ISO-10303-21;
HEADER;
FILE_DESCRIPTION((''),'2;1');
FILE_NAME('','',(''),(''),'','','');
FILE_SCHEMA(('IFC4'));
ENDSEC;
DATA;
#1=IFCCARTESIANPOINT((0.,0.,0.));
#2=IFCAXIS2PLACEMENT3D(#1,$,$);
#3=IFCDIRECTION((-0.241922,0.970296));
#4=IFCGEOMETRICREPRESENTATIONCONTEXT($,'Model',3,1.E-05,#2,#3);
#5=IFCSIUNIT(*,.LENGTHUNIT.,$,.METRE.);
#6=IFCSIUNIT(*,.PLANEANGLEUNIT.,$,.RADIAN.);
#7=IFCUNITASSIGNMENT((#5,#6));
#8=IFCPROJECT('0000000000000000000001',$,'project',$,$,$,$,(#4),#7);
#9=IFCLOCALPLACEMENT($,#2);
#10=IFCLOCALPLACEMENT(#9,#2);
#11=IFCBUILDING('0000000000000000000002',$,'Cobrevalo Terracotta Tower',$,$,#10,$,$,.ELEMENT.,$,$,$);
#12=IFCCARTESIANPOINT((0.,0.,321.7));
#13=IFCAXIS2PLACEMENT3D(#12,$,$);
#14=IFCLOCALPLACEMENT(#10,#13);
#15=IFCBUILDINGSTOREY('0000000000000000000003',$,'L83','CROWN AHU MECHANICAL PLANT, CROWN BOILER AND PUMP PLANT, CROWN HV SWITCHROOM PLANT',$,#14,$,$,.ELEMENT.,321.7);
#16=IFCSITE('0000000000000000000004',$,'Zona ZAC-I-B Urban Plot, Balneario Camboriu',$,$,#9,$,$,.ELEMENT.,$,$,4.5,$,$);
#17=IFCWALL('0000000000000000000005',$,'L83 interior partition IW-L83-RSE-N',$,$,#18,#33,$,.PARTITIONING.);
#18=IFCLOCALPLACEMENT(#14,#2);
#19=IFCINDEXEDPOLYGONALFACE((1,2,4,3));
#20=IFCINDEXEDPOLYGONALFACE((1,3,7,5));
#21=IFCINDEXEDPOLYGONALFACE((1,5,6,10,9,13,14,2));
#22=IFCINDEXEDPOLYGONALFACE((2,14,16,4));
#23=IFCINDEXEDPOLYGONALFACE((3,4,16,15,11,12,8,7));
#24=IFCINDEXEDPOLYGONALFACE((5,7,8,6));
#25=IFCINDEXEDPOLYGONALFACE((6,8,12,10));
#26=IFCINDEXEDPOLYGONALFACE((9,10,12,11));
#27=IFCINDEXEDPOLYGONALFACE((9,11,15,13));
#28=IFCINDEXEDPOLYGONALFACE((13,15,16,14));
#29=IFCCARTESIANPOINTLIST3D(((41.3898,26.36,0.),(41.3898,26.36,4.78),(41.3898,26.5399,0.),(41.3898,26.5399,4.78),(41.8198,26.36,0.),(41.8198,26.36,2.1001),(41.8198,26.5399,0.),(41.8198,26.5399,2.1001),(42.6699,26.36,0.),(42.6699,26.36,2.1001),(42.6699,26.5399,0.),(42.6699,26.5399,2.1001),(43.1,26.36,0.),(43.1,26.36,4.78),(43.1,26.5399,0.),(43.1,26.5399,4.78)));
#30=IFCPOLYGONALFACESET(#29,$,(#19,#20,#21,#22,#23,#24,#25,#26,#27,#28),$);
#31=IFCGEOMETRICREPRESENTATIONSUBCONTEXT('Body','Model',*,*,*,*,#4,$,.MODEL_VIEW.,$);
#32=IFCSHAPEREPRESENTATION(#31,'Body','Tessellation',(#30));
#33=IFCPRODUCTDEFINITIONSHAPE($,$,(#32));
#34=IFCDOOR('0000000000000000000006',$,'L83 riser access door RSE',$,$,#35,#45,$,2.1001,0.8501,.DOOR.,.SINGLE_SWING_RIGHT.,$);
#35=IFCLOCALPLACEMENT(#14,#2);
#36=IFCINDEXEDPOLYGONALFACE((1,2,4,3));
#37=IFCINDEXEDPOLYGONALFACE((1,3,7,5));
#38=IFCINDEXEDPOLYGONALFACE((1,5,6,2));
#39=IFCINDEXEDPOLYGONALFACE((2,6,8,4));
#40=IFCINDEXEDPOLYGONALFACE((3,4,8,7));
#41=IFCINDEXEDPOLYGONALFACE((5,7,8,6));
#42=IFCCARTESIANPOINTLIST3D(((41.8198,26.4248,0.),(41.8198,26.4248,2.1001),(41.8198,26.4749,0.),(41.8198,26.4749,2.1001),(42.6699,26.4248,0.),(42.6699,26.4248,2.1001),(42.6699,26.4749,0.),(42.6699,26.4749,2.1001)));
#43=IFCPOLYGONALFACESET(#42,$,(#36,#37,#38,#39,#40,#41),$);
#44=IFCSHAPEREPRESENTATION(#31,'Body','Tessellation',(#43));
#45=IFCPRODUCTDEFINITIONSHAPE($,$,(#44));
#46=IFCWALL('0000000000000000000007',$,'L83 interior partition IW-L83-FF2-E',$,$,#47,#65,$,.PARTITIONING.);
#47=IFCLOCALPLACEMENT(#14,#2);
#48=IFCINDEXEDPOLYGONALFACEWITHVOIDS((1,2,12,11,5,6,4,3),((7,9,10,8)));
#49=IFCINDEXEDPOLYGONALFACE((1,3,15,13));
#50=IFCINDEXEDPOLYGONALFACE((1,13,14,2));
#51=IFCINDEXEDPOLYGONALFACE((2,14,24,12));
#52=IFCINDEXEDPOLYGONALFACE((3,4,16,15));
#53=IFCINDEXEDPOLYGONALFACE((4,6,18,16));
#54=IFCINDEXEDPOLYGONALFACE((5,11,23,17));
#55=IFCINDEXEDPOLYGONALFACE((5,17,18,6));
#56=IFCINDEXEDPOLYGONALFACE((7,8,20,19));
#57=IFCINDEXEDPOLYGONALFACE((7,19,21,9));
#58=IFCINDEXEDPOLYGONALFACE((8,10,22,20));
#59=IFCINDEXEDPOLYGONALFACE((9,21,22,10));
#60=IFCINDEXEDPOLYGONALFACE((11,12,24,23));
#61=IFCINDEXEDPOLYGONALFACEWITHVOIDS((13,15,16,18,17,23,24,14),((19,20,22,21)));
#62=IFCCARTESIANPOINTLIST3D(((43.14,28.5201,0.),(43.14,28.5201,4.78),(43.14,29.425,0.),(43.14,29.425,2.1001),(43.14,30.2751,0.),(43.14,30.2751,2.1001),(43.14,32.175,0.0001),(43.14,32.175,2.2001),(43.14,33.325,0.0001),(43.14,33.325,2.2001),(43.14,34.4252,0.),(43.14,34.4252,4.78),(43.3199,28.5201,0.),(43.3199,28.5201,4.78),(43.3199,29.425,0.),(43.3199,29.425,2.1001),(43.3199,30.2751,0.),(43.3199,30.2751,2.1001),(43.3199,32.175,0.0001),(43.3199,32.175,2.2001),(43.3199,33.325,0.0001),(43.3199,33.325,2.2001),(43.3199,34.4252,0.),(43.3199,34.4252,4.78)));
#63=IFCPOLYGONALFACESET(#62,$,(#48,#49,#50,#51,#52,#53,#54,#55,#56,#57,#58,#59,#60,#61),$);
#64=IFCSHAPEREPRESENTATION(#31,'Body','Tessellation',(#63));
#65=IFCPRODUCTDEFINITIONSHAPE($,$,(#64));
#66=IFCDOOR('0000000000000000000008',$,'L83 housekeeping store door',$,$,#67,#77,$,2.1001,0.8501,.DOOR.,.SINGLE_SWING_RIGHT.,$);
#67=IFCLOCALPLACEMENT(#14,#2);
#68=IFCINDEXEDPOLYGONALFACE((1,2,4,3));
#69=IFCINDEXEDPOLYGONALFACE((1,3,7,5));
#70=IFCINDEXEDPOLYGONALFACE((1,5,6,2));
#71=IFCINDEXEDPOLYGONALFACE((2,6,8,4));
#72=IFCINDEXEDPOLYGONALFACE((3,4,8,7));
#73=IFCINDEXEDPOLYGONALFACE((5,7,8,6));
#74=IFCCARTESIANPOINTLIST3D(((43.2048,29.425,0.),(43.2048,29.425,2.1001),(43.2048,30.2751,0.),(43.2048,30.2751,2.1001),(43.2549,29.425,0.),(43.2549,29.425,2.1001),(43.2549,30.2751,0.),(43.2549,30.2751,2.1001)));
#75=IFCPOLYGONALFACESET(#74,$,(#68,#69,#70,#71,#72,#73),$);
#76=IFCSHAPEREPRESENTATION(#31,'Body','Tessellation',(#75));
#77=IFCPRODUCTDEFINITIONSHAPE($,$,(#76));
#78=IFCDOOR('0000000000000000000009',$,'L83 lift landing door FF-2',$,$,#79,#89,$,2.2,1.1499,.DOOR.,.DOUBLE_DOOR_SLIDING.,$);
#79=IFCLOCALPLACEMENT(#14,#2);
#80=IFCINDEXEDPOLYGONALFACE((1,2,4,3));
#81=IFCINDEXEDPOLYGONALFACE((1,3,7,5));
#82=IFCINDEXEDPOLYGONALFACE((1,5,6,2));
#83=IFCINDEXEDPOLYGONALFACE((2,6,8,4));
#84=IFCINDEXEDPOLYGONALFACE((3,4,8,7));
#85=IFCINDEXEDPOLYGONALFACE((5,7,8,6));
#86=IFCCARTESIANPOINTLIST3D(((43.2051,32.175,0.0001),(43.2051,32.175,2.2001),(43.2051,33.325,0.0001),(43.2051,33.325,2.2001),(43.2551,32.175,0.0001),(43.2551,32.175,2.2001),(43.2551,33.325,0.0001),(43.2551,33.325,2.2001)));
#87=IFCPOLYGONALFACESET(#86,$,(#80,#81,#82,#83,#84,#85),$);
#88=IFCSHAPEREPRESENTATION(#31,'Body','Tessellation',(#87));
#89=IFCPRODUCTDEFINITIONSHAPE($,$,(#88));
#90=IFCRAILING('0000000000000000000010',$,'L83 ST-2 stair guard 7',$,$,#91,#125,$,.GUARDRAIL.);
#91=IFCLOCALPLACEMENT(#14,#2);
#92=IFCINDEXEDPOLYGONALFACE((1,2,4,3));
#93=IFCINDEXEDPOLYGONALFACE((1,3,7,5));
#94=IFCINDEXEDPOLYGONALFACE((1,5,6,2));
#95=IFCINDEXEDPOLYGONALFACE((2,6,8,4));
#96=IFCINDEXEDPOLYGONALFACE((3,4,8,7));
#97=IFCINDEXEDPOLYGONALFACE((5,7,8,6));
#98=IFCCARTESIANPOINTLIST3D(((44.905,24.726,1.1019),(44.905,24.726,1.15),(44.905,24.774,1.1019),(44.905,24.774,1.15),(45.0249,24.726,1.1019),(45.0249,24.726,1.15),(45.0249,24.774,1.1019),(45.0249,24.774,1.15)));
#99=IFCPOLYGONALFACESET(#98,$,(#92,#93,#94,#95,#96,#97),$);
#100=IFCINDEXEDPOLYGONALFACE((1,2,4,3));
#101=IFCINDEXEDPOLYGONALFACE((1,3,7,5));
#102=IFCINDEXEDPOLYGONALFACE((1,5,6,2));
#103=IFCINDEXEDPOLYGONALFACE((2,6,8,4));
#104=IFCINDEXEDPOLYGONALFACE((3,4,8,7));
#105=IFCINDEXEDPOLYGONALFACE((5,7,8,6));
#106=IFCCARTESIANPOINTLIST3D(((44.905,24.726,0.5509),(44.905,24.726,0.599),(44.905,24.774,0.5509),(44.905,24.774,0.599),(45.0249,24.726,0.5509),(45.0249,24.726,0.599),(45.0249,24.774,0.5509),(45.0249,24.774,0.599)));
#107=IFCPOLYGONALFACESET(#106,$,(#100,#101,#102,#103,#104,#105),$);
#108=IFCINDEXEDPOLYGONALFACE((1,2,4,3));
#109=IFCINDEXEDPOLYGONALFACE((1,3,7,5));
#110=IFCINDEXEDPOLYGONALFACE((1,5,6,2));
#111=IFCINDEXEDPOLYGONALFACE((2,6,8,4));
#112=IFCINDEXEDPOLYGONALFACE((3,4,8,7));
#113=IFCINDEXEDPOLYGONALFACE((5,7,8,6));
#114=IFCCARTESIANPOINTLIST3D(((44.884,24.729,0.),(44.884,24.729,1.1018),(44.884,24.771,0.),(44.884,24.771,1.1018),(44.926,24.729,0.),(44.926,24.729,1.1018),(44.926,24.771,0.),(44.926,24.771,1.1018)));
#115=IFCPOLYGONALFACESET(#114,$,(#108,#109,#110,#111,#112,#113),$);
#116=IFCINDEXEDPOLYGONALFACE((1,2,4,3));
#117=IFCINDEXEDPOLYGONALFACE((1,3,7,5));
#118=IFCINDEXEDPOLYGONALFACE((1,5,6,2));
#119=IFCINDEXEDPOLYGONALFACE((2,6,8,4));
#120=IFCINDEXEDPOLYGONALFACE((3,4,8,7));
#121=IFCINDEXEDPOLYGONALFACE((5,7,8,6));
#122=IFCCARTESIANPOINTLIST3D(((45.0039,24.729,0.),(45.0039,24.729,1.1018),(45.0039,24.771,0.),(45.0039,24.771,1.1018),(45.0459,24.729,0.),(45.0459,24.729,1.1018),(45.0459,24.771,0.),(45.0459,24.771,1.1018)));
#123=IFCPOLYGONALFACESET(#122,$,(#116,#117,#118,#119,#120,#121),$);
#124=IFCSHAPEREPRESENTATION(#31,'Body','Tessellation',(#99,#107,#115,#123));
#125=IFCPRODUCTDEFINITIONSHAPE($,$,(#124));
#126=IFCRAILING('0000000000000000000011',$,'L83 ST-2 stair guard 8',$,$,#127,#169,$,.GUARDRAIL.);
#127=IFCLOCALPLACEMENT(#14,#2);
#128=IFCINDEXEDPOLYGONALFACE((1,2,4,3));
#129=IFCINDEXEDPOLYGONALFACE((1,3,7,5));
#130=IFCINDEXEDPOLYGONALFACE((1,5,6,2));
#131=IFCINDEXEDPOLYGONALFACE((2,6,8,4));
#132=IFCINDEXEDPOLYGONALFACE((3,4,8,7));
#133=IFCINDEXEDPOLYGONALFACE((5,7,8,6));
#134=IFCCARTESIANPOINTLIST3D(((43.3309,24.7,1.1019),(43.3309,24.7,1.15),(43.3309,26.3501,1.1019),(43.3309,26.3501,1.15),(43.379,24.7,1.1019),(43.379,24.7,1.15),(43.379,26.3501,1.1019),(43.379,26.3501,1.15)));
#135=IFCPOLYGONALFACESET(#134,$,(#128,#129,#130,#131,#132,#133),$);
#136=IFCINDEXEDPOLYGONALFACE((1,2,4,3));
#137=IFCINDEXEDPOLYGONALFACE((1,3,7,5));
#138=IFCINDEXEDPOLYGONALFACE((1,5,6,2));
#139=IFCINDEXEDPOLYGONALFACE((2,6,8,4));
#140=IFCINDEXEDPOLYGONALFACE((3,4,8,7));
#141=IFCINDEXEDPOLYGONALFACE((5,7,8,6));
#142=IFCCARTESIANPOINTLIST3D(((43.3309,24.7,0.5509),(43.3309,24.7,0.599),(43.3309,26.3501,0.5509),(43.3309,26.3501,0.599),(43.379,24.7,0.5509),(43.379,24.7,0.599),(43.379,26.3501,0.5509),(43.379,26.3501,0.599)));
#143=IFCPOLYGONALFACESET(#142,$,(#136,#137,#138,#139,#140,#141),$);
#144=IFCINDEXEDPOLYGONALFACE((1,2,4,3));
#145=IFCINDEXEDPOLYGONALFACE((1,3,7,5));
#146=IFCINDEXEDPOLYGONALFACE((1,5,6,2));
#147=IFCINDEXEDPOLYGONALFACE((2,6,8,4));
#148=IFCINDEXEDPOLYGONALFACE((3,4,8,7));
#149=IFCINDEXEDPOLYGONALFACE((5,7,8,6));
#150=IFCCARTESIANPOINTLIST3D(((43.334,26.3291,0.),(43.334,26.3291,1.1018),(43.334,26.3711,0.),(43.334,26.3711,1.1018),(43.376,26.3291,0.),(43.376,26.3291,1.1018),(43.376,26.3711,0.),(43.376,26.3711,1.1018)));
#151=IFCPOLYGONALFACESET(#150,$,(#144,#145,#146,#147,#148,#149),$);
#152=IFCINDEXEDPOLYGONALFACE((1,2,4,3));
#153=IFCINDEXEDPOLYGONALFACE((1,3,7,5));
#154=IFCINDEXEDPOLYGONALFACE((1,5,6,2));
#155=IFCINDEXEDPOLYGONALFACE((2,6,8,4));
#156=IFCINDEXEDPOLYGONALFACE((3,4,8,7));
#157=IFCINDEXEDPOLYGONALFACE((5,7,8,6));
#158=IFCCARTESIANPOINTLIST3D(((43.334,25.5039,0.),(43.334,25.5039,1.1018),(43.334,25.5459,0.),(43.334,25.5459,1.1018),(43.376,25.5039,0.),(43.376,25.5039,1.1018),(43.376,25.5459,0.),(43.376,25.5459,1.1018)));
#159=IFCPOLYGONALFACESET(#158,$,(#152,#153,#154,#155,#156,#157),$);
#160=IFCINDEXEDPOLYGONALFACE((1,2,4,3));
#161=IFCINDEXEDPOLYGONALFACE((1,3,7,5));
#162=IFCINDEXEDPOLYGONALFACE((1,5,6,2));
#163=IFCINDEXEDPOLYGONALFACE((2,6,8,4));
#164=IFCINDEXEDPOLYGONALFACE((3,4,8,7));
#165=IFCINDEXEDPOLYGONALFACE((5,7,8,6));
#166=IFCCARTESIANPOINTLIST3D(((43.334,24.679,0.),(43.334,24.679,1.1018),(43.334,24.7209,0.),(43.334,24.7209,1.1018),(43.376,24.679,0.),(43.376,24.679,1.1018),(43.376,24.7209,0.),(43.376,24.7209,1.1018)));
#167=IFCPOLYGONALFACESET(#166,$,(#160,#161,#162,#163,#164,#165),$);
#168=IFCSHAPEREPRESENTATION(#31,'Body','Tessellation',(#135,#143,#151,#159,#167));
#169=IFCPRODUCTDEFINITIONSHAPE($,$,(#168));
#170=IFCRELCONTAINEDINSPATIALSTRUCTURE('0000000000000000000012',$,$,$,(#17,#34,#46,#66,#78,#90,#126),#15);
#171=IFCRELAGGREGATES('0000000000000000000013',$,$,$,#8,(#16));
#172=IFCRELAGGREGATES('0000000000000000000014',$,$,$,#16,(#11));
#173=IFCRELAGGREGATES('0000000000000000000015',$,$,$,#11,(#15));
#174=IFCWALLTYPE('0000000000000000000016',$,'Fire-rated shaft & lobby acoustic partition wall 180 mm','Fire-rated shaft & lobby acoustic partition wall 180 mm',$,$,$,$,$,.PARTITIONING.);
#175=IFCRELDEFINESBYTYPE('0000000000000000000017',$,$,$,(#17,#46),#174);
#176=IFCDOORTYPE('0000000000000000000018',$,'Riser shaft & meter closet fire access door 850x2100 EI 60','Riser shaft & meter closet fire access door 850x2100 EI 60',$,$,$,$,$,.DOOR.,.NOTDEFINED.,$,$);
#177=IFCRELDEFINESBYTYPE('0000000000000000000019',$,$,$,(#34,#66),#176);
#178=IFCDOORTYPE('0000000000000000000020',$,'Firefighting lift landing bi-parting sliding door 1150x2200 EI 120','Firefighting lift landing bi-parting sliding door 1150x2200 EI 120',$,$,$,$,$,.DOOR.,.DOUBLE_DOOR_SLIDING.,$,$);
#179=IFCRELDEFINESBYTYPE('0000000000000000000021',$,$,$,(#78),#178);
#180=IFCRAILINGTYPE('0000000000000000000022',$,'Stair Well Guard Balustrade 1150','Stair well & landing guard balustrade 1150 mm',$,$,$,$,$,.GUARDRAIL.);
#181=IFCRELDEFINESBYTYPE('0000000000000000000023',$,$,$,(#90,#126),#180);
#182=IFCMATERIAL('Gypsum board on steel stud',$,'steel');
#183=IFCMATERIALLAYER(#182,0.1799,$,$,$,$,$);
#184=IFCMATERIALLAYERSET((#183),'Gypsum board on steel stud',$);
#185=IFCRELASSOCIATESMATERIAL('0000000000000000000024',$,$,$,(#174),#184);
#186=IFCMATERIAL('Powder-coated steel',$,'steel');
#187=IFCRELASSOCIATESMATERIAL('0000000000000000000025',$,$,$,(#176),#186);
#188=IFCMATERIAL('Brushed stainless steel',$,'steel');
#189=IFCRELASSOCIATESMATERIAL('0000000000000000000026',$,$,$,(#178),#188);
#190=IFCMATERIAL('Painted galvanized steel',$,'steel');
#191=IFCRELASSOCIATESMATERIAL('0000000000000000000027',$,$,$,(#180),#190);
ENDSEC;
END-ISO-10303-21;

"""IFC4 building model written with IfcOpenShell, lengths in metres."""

from ifc_helpers import new_model, si_unit, direction, frame, frame_2d, origin, origin_2d, place, context, subcontext, project, spatial, rectangle, extrude, source, transform, mapped, material, layer, layer_set, type_object, element, fill, save


model = new_model("IFC4")

# Units and contexts
model_context = context("Model", 3, precision=1e-05, world=origin(), true_north=direction((-0.241922, 0.970296)))
body_context = subcontext(model_context, "Body", "Model", "MODEL_VIEW")
ifc_project = project(units=[si_unit("LENGTHUNIT", "METRE"), si_unit("PLANEANGLEUNIT", "RADIAN")], contexts=[model_context])

# Site, building, storey
site_placement = place(None, origin())
site = spatial("IfcSite", under=ifc_project, at=site_placement, Name="Zona ZAC-I-B Urban Plot, Balneario Camboriu", CompositionType="ELEMENT", RefElevation=4.5)
building_placement = place(site_placement, origin())
building = spatial("IfcBuilding", under=site, at=building_placement, Name="Cobrevalo Terracotta Tower", CompositionType="ELEMENT")
storey_placement = place(building_placement, frame((0.0, 0.0, 321.7)))
storey = spatial("IfcBuildingStorey", under=building, at=storey_placement, Name="L83", Description="CROWN AHU MECHANICAL PLANT, CROWN BOILER AND PUMP PLANT, CROWN HV SWITCHROOM PLANT", CompositionType="ELEMENT", Elevation=321.7)

# Shared definitions
ifc_material_1 = material(Name="Gypsum board on steel stud", Category="steel")

# Wall, opening, door
ifc_layer_1 = layer(ifc_material_1, 0.1799)
ifc_layer_set_1 = layer_set([ifc_layer_1], Name="Gypsum board on steel stud")
wall_type_1 = type_object("IfcWallType", Name="Fire-rated shaft & lobby acoustic partition wall 180 mm", Description="Fire-rated shaft & lobby acoustic partition wall 180 mm", PredefinedType="PARTITIONING", material=ifc_layer_set_1)
wall_1_placement = place(storey_placement, frame((41.3899, 26.45, 0.0), z_axis=(0.0, 0.0, 1.0), x_axis=(1.0, 0.0, 0.0)))
wall_1 = element("IfcWall", 1, at=wall_1_placement, inside=storey, type_object=wall_type_1, Name="L83 interior partition IW-L83-RSE-N", PredefinedType="PARTITIONING", context=body_context, shape_type="SweptSolid", body=[
    extrude(rectangle(XDim=1.7102, YDim=0.1799, at=frame_2d((0.855, 0.0))), origin(), (0.0, 0.0, 1.0), 4.78),
])
opening_1_placement = place(wall_1_placement, frame((0.4299, 0.0, 0.0)))
opening_1 = element("IfcOpeningElement", 2, at=opening_1_placement, cuts=wall_1, PredefinedType="OPENING", context=body_context, shape_type="SweptSolid", body=[
    extrude(rectangle(XDim=0.8501, YDim=2.1001, at=frame_2d((0.425, 1.05))), frame((0.0, 0.1001, 0.0), z_axis=(0.0, -1.0, 0.0), x_axis=(1.0, 0.0, 0.0)), (0.0, 0.0, 1.0), 0.2),
])
ifc_material_2 = material(Name="Powder-coated steel", Category="steel")
door_type_1 = type_object("IfcDoorType", Name="Riser shaft & meter closet fire access door 850x2100 EI 60", Description="Riser shaft & meter closet fire access door 850x2100 EI 60", OperationType="NOTDEFINED", PredefinedType="DOOR", material=ifc_material_2)
shared_shape_1 = source(origin(), body_context, "Body", "SweptSolid", [
    extrude(rectangle(XDim=0.8501, YDim=2.1001, at=frame_2d((0.425, 1.05))), frame((0.0, 0.0249, 0.0), z_axis=(0.0, -1.0, 0.0), x_axis=(1.0, 0.0, 0.0)), (0.0, 0.0, 1.0), 0.05),
])
door_1_placement = place(opening_1_placement, origin())
door_1 = element("IfcDoor", 3, at=door_1_placement, inside=storey, type_object=door_type_1, Name="L83 riser access door RSE", OperationType="SINGLE_SWING_RIGHT", OverallHeight=2.1001, OverallWidth=0.8501, PredefinedType="DOOR", context=body_context, shape_type="MappedRepresentation", body=[
    mapped(shared_shape_1, transform((0.0, 0.0, 0.0), scale=1.0)),
])
fill(opening_1, door_1)

# Wall, openings, doors
wall_2_placement = place(storey_placement, frame((43.23, 28.52, 0.0), z_axis=(0.0, 0.0, 1.0), x_axis=(0.0, 1.0, 0.0)))
wall_2 = element("IfcWall", 4, at=wall_2_placement, inside=storey, type_object=wall_type_1, Name="L83 interior partition IW-L83-FF2-E", PredefinedType="PARTITIONING", context=body_context, shape_type="SweptSolid", body=[
    extrude(rectangle(XDim=5.905, YDim=0.1799, at=frame_2d((2.9526, 0.0))), origin(), (0.0, 0.0, 1.0), 4.78),
])
opening_2_placement = place(wall_2_placement, frame((0.905, 0.0, 0.0)))
opening_2 = element("IfcOpeningElement", 5, at=opening_2_placement, cuts=wall_2, PredefinedType="OPENING", context=body_context, shape_type="SweptSolid", body=[
    extrude(rectangle(XDim=0.8501, YDim=2.1001, at=frame_2d((0.425, 1.05))), frame((0.0, 0.1001, 0.0), z_axis=(0.0, -1.0, 0.0), x_axis=(1.0, 0.0, 0.0)), (0.0, 0.0, 1.0), 0.2),
])
opening_3_placement = place(wall_2_placement, frame((3.655, 0.0, 0.0)))
opening_3 = element("IfcOpeningElement", 6, at=opening_3_placement, cuts=wall_2, PredefinedType="OPENING", context=body_context, shape_type="SweptSolid", body=[
    extrude(rectangle(XDim=1.1499, YDim=2.2, at=frame_2d((0.575, 1.1001))), frame((0.0, 0.1001, 0.0), z_axis=(0.0, -1.0, 0.0), x_axis=(1.0, 0.0, 0.0)), (0.0, 0.0, 1.0), 0.2),
])
door_2_placement = place(opening_2_placement, frame((0.8501, 0.0, 0.0), z_axis=(0.0, 0.0, 1.0), x_axis=(-1.0, 0.0, 0.0)))
door_2 = element("IfcDoor", 7, at=door_2_placement, inside=storey, type_object=door_type_1, Name="L83 housekeeping store door", OperationType="SINGLE_SWING_RIGHT", OverallHeight=2.1001, OverallWidth=0.8501, PredefinedType="DOOR", context=body_context, shape_type="MappedRepresentation", body=[
    mapped(shared_shape_1, transform((0.0, 0.0, 0.0), scale=1.0)),
])
fill(opening_2, door_2)
ifc_material_3 = material(Name="Brushed stainless steel", Category="steel")
door_type_2 = type_object("IfcDoorType", Name="Firefighting lift landing bi-parting sliding door 1150x2200 EI 120", Description="Firefighting lift landing bi-parting sliding door 1150x2200 EI 120", OperationType="DOUBLE_DOOR_SLIDING", PredefinedType="DOOR", material=ifc_material_3)
shared_shape_2 = source(origin(), body_context, "Body", "SweptSolid", [
    extrude(rectangle(XDim=1.1499, YDim=2.2, at=frame_2d((0.575, 1.1001))), frame((0.0, 0.0249, 0.0), z_axis=(0.0, -1.0, 0.0), x_axis=(1.0, 0.0, 0.0)), (0.0, 0.0, 1.0), 0.05),
])
door_3_placement = place(opening_3_placement, origin())
door_3 = element("IfcDoor", 8, at=door_3_placement, inside=storey, type_object=door_type_2, Name="L83 lift landing door FF-2", OperationType="DOUBLE_DOOR_SLIDING", OverallHeight=2.2, OverallWidth=1.1499, PredefinedType="DOOR", context=body_context, shape_type="MappedRepresentation", body=[
    mapped(shared_shape_2, transform((0.0, 0.0, 0.0), scale=1.0)),
])
fill(opening_3, door_3)

# Railings
ifc_material_4 = material(Name="Painted galvanized steel", Category="steel")
railing_type = type_object("IfcRailingType", Name="Stair Well Guard Balustrade 1150", Description="Stair well & landing guard balustrade 1150 mm", PredefinedType="GUARDRAIL", material=ifc_material_4)
railing_placement = place(storey_placement, frame((44.905, 24.75, 0.0)))
element("IfcRailing", 9, at=railing_placement, inside=storey, type_object=railing_type, Name="L83 ST-2 stair guard 7", PredefinedType="GUARDRAIL", context=body_context, shape_type="SweptSolid", body=[
    extrude(rectangle(XDim=0.0481, YDim=0.0481, at=origin_2d()), frame((0.0, 0.0, 1.126), z_axis=(1.0, 0.0, 0.0), x_axis=(0.0, 1.0, 0.0)), (0.0, 0.0, 1.0), 0.1199),
    extrude(rectangle(XDim=0.0481, YDim=0.0481, at=origin_2d()), frame((0.0, 0.0, 0.575), z_axis=(1.0, 0.0, 0.0), x_axis=(0.0, 1.0, 0.0)), (0.0, 0.0, 1.0), 0.1199),
    extrude(rectangle(XDim=0.042, YDim=0.042, at=origin_2d()), origin(), (0.0, 0.0, 1.0), 1.1018),
    extrude(rectangle(XDim=0.042, YDim=0.042, at=origin_2d()), frame((0.1199, 0.0, 0.0)), (0.0, 0.0, 1.0), 1.1018),
])
for number, where, name in (
    (10, (43.355, 26.3501, 0.0), "L83 ST-2 stair guard 8"),
):
    element("IfcRailing", number, at=place(storey_placement, frame(where)), inside=storey, type_object=railing_type, Name=name, PredefinedType="GUARDRAIL", context=body_context, shape_type="SweptSolid", body=[
        extrude(rectangle(XDim=0.0481, YDim=0.0481, at=origin_2d()), frame((0.0, 0.0, 1.126), z_axis=(0.0, -1.0, 0.0), x_axis=(1.0, 0.0, 0.0)), (0.0, 0.0, 1.0), 1.6501),
        extrude(rectangle(XDim=0.0481, YDim=0.0481, at=origin_2d()), frame((0.0, 0.0, 0.575), z_axis=(0.0, -1.0, 0.0), x_axis=(1.0, 0.0, 0.0)), (0.0, 0.0, 1.0), 1.6501),
        extrude(rectangle(XDim=0.042, YDim=0.042, at=origin_2d()), origin(), (0.0, 0.0, 1.0), 1.1018),
        extrude(rectangle(XDim=0.042, YDim=0.042, at=origin_2d()), frame((0.0, -0.8252, 0.0)), (0.0, 0.0, 1.0), 1.1018),
        extrude(rectangle(XDim=0.042, YDim=0.042, at=origin_2d()), frame((0.0, -1.6501, 0.0)), (0.0, 0.0, 1.0), 1.1018),
    ])

save(model, "model.ifc")
